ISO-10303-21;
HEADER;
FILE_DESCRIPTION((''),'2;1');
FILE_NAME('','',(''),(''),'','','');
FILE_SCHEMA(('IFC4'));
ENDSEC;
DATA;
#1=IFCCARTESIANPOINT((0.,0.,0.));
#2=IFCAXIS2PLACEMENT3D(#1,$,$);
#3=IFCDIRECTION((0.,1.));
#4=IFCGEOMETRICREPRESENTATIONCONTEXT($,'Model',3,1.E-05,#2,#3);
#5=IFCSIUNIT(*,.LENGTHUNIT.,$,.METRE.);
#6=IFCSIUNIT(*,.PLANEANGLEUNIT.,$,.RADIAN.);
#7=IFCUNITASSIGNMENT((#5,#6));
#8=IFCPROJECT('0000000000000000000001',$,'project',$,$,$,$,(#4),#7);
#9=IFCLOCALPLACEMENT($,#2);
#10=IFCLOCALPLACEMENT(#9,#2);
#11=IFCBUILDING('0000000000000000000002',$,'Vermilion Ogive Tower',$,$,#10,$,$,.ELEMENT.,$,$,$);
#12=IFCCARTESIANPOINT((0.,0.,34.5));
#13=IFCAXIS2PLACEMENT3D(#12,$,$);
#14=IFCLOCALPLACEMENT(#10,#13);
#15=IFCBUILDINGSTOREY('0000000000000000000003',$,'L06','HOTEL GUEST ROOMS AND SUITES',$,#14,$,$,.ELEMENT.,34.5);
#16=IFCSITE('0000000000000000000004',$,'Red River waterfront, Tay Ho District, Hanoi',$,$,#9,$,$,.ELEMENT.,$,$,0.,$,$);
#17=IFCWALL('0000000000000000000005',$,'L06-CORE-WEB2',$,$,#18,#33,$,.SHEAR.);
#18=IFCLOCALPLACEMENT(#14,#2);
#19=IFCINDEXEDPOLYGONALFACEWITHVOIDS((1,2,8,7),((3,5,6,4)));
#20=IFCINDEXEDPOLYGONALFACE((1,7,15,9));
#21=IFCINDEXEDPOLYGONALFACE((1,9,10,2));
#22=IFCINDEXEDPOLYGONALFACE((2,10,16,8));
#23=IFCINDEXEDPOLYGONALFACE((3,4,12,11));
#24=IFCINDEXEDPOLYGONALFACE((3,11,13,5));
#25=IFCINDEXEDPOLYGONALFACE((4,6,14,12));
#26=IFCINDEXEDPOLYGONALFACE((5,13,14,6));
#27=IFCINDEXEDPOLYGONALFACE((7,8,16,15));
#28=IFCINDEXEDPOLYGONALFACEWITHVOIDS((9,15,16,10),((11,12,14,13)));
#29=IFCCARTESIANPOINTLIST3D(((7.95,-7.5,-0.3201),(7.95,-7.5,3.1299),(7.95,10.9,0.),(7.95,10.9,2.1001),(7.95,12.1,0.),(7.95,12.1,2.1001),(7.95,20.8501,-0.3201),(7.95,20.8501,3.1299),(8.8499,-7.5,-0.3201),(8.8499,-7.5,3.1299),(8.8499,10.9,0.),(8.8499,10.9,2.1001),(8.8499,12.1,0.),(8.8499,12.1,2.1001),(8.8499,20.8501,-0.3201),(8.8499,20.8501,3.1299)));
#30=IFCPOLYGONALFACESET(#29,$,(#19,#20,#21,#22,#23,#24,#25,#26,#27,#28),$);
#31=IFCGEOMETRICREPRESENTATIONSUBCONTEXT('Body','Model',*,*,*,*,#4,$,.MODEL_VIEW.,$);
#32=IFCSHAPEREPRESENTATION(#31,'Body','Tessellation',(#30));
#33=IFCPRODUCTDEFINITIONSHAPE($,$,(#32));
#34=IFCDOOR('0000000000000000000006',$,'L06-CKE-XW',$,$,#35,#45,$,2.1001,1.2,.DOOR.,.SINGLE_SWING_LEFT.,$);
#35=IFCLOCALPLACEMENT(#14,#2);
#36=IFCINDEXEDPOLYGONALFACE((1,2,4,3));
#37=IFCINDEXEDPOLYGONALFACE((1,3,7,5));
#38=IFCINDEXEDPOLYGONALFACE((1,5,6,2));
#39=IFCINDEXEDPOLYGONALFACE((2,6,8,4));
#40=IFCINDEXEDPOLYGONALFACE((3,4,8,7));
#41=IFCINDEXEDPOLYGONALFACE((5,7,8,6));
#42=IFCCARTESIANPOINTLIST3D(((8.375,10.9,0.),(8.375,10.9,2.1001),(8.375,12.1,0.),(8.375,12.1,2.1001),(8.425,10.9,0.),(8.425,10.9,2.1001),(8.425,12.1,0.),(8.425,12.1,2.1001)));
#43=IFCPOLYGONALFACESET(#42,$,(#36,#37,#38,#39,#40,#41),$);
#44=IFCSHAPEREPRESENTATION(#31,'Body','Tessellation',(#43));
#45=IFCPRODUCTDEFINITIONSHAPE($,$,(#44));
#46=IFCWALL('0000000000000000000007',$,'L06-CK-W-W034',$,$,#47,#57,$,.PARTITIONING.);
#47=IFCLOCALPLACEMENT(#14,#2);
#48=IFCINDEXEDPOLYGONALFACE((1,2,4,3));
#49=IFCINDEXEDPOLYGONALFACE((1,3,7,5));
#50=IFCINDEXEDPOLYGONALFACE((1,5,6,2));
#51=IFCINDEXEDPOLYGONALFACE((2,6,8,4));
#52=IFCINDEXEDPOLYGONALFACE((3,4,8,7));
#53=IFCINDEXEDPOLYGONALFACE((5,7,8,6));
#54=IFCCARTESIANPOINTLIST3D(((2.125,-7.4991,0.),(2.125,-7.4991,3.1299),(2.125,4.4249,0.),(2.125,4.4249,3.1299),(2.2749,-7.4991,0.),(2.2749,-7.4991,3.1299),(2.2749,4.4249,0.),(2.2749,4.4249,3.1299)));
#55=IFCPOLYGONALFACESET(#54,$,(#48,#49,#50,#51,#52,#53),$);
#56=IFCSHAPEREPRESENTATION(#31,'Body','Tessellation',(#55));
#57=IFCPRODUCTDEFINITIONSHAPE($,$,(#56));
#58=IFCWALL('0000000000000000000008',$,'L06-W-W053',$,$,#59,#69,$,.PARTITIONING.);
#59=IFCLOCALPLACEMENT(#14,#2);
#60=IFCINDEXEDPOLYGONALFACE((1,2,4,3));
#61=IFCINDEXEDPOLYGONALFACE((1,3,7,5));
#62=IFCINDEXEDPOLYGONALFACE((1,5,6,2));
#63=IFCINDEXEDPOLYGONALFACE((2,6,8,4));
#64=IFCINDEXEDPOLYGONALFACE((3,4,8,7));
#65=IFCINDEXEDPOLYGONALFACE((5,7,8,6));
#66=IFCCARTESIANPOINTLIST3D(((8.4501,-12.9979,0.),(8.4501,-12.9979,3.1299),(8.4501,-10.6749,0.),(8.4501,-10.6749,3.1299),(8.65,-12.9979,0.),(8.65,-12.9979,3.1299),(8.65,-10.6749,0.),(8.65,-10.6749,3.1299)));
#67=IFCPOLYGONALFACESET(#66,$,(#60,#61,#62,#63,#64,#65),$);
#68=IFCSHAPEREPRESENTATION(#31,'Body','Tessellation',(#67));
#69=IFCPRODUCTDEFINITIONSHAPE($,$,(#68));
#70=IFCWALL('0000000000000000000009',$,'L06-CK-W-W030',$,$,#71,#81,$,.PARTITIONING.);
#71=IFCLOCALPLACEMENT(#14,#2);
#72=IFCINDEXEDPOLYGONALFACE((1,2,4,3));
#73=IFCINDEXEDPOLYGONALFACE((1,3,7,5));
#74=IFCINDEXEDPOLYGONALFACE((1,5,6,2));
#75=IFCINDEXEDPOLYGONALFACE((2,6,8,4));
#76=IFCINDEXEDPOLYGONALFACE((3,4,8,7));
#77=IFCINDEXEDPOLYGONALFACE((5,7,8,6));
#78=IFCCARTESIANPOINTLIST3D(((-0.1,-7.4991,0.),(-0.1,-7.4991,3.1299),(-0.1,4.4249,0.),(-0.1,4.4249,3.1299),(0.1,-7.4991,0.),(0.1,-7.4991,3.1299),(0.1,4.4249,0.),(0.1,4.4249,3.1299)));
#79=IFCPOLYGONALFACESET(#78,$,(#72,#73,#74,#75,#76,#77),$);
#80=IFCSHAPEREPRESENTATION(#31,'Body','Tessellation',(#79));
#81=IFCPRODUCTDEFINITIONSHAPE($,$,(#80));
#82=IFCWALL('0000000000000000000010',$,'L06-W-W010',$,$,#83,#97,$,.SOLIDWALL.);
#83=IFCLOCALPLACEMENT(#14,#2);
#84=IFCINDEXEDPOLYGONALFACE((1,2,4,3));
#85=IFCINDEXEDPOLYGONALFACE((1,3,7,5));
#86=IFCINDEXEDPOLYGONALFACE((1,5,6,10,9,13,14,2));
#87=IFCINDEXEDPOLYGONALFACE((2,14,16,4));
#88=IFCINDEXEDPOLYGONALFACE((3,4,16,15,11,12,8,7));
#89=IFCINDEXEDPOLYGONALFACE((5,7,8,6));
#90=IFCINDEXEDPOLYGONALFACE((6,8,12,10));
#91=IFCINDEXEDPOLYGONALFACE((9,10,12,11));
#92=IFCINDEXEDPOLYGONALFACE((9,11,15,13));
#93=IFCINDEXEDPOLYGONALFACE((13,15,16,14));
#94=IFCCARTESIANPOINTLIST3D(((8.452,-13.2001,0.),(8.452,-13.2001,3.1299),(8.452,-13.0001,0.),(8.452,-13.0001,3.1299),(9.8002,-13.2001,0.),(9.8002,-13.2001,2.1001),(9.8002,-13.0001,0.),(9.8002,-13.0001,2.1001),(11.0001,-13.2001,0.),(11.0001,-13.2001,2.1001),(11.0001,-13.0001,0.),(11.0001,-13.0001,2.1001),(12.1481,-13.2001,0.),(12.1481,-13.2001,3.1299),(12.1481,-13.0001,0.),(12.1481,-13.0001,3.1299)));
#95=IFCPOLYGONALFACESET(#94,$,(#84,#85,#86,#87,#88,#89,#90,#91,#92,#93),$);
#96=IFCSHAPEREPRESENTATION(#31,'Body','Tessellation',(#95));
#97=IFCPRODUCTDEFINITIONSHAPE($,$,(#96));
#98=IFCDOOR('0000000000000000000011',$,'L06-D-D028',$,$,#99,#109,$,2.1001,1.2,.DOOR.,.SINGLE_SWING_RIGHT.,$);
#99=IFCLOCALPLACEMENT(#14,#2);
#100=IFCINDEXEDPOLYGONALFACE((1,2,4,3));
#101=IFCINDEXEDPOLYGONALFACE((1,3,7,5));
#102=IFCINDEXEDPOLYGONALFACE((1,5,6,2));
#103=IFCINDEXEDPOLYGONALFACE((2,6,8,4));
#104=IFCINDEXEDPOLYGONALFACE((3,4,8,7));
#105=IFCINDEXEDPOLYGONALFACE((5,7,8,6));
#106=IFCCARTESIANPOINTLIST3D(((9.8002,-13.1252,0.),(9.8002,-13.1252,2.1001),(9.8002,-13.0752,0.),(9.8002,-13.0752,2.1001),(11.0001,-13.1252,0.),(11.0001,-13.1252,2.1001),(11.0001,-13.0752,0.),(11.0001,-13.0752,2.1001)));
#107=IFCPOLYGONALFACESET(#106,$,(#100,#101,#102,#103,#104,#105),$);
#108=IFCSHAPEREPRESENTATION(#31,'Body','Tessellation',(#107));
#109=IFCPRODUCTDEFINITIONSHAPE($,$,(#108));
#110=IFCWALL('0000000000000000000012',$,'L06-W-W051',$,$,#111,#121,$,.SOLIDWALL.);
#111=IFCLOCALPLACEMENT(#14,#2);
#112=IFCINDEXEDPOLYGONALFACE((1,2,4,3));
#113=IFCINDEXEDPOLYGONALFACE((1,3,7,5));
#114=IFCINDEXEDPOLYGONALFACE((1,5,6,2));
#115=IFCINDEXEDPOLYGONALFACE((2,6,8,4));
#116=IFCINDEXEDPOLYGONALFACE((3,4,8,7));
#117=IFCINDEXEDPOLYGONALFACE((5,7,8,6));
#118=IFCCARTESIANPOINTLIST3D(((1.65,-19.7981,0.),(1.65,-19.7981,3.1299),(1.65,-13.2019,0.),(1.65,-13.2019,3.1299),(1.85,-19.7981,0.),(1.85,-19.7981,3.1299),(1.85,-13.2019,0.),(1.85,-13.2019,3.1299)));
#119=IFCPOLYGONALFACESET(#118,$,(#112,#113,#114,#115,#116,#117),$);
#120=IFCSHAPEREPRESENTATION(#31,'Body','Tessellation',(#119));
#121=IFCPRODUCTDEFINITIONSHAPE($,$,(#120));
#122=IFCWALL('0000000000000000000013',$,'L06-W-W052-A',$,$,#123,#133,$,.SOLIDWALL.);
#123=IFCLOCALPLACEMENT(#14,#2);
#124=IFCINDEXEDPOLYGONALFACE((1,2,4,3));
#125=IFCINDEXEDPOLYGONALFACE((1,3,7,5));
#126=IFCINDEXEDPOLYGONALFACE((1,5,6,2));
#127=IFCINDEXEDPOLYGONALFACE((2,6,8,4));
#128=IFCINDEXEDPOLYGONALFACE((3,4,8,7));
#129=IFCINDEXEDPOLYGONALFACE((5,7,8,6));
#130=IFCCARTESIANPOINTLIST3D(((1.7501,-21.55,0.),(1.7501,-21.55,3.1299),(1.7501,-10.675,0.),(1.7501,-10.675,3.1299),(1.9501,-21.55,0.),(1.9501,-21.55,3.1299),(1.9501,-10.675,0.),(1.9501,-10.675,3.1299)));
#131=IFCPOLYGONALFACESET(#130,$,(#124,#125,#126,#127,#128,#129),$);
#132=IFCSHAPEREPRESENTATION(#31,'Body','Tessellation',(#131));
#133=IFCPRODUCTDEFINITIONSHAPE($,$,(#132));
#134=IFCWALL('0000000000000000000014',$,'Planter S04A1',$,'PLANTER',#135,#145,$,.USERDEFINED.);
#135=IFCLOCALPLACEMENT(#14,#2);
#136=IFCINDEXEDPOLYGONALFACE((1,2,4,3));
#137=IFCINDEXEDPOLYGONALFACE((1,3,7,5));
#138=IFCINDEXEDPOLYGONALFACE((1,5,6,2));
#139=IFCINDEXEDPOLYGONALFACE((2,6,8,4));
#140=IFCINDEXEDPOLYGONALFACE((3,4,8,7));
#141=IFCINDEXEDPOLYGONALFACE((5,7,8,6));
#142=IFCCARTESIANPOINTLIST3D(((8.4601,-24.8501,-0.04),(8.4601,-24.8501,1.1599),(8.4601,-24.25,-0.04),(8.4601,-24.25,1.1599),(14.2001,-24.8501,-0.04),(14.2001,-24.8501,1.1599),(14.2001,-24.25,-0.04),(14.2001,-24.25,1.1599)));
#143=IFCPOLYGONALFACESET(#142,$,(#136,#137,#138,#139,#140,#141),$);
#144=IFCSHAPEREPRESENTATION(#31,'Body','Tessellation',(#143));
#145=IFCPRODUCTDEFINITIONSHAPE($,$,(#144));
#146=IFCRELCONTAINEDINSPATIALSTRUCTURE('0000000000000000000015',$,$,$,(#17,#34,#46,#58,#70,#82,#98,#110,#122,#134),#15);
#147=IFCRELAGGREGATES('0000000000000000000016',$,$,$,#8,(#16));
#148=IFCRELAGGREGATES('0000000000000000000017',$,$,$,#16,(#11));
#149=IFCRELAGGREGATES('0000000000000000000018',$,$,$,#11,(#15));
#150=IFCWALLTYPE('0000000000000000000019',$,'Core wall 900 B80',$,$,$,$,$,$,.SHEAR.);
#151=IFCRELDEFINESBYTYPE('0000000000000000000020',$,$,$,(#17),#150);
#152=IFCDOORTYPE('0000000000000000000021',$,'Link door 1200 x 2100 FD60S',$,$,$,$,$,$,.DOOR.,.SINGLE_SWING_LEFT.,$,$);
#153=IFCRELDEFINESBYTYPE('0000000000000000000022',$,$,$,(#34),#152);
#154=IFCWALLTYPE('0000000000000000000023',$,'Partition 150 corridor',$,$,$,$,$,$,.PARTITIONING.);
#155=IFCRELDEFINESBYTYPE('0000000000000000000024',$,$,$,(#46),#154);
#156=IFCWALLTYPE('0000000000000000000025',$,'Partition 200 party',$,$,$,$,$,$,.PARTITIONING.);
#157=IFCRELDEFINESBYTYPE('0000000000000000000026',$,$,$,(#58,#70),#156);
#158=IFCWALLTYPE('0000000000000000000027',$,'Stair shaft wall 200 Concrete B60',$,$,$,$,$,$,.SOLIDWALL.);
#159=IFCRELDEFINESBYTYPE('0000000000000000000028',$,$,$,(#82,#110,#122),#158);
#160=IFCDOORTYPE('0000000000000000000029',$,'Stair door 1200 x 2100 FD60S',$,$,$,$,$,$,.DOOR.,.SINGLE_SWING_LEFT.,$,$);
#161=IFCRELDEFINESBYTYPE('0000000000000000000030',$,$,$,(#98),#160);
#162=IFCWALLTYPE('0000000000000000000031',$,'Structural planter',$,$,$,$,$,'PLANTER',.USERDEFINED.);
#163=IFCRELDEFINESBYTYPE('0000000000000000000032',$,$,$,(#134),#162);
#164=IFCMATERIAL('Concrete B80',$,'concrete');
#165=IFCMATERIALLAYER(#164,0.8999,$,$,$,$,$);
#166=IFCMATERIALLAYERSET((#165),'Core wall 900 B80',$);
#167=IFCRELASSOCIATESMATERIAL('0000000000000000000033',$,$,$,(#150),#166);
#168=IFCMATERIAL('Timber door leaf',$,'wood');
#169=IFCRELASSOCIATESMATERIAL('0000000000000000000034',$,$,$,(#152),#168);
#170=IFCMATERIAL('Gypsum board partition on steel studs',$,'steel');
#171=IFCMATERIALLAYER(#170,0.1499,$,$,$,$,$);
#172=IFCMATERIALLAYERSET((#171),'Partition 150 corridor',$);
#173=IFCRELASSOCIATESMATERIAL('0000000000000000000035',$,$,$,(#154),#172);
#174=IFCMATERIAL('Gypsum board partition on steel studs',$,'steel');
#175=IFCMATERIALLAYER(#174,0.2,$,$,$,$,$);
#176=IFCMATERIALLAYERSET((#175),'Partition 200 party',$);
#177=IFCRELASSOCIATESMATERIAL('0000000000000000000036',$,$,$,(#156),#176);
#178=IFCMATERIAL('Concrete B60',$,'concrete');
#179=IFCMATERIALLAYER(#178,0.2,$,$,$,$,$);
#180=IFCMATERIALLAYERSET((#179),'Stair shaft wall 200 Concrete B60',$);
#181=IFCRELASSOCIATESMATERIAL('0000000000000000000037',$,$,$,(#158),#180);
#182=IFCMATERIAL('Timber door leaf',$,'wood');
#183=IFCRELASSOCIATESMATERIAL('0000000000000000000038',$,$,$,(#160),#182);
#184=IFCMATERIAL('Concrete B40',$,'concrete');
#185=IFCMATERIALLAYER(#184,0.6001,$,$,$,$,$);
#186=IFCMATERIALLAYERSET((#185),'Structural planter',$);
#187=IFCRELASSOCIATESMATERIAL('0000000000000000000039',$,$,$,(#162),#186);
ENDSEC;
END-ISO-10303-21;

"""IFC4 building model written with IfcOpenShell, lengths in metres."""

from ifc_helpers import new_model, si_unit, direction, frame, frame_2d, origin, place, context, subcontext, project, spatial, rectangle, extrude, material, layer, layer_set, type_object, element, fill, save


model = new_model("IFC4")

# Units and contexts
model_context = context("Model", 3, precision=1e-05, world=origin(), true_north=direction((0.0, 1.0)))
body_context = subcontext(model_context, "Body", "Model", "MODEL_VIEW")
ifc_project = project(units=[si_unit("LENGTHUNIT", "METRE"), si_unit("PLANEANGLEUNIT", "RADIAN")], contexts=[model_context])

# Site, building, storey
site_placement = place(None, origin())
site = spatial("IfcSite", under=ifc_project, at=site_placement, Name="Red River waterfront, Tay Ho District, Hanoi", CompositionType="ELEMENT", RefElevation=0.0)
building_placement = place(site_placement, origin())
building = spatial("IfcBuilding", under=site, at=building_placement, Name="Vermilion Ogive Tower", CompositionType="ELEMENT")
storey_placement = place(building_placement, frame((0.0, 0.0, 34.5)))
storey = spatial("IfcBuildingStorey", under=building, at=storey_placement, Name="L06", Description="HOTEL GUEST ROOMS AND SUITES", CompositionType="ELEMENT", Elevation=34.5)

# Wall, opening, door
ifc_material_1 = material(Name="Concrete B80", Category="concrete")
ifc_layer_1 = layer(ifc_material_1, 0.8999)
ifc_layer_set_1 = layer_set([ifc_layer_1], Name="Core wall 900 B80")
wall_type_1 = type_object("IfcWallType", Name="Core wall 900 B80", PredefinedType="SHEAR", material=ifc_layer_set_1)
wall_1_placement = place(storey_placement, frame((8.3999, -7.5, -0.3201), z_axis=(0.0, 0.0, 1.0), x_axis=(0.0, 1.0, 0.0)))
wall_1 = element("IfcWall", 1, at=wall_1_placement, inside=storey, type_object=wall_type_1, Name="L06-CORE-WEB2", PredefinedType="SHEAR", context=body_context, shape_type="SweptSolid", body=[
    extrude(rectangle(XDim=28.3501, YDim=0.8999, at=frame_2d((14.175, 0.0))), origin(), (0.0, 0.0, 1.0), 3.45),
])
opening_1_placement = place(wall_1_placement, frame((18.3999, 0.0, 0.3201)))
opening_1 = element("IfcOpeningElement", 2, at=opening_1_placement, cuts=wall_1, PredefinedType="OPENING", context=body_context, shape_type="SweptSolid", body=[
    extrude(rectangle(XDim=1.2, YDim=2.1001, at=frame_2d((0.6001, 1.05))), frame((0.0, 0.46, 0.0), z_axis=(0.0, -1.0, 0.0), x_axis=(1.0, 0.0, 0.0)), (0.0, 0.0, 1.0), 0.9199),
])
ifc_material_2 = material(Name="Timber door leaf", Category="wood")
door_type_1 = type_object("IfcDoorType", Name="Link door 1200 x 2100 FD60S", OperationType="SINGLE_SWING_LEFT", PredefinedType="DOOR", material=ifc_material_2)
door_1_placement = place(opening_1_placement, origin())
door_1 = element("IfcDoor", 3, at=door_1_placement, inside=storey, type_object=door_type_1, Name="L06-CKE-XW", OperationType="SINGLE_SWING_LEFT", OverallHeight=2.1001, OverallWidth=1.2, PredefinedType="DOOR", context=body_context, shape_type="SweptSolid", body=[
    extrude(rectangle(XDim=1.2, YDim=2.1001, at=frame_2d((0.6001, 1.05))), frame((0.0, 0.0249, 0.0), z_axis=(0.0, -1.0, 0.0), x_axis=(1.0, 0.0, 0.0)), (0.0, 0.0, 1.0), 0.05),
])
fill(opening_1, door_1)

# Walls
ifc_material_3 = material(Name="Gypsum board partition on steel studs", Category="steel")
ifc_layer_2 = layer(ifc_material_3, 0.1499)
ifc_layer_set_2 = layer_set([ifc_layer_2], Name="Partition 150 corridor")
wall_type_2 = type_object("IfcWallType", Name="Partition 150 corridor", PredefinedType="PARTITIONING", material=ifc_layer_set_2)
wall_2_placement = place(storey_placement, frame((2.2, -7.499, 0.0), z_axis=(0.0, 0.0, 1.0), x_axis=(0.0, 1.0, 0.0)))
element("IfcWall", 4, at=wall_2_placement, inside=storey, type_object=wall_type_2, Name="L06-CK-W-W034", PredefinedType="PARTITIONING", context=body_context, shape_type="SweptSolid", body=[
    extrude(rectangle(XDim=11.9241, YDim=0.1499, at=frame_2d((5.9619, 0.0))), origin(), (0.0, 0.0, 1.0), 3.1299),
])
ifc_material_4 = material(Name="Gypsum board partition on steel studs", Category="steel")
ifc_layer_3 = layer(ifc_material_4, 0.2)
ifc_layer_set_3 = layer_set([ifc_layer_3], Name="Partition 200 party")
wall_type_3 = type_object("IfcWallType", Name="Partition 200 party", PredefinedType="PARTITIONING", material=ifc_layer_set_3)
wall_3_placement = place(storey_placement, frame((8.55, -12.998, 0.0), z_axis=(0.0, 0.0, 1.0), x_axis=(0.0, 1.0, 0.0)))
element("IfcWall", 5, at=wall_3_placement, inside=storey, type_object=wall_type_3, Name="L06-W-W053", PredefinedType="PARTITIONING", context=body_context, shape_type="SweptSolid", body=[
    extrude(rectangle(XDim=2.323, YDim=0.2, at=frame_2d((1.1616, 0.0))), origin(), (0.0, 0.0, 1.0), 3.1299),
])
wall_4_placement = place(storey_placement, frame((0.0, -7.499, 0.0), z_axis=(0.0, 0.0, 1.0), x_axis=(0.0, 1.0, 0.0)))
element("IfcWall", 6, at=wall_4_placement, inside=storey, type_object=wall_type_3, Name="L06-CK-W-W030", PredefinedType="PARTITIONING", context=body_context, shape_type="SweptSolid", body=[
    extrude(rectangle(XDim=11.9241, YDim=0.2, at=frame_2d((5.9619, 0.0))), origin(), (0.0, 0.0, 1.0), 3.1299),
])

# Wall, opening, door
ifc_material_5 = material(Name="Concrete B60", Category="concrete")
ifc_layer_4 = layer(ifc_material_5, 0.2)
ifc_layer_set_4 = layer_set([ifc_layer_4], Name="Stair shaft wall 200 Concrete B60")
wall_type_4 = type_object("IfcWallType", Name="Stair shaft wall 200 Concrete B60", PredefinedType="SOLIDWALL", material=ifc_layer_set_4)
wall_5_placement = place(storey_placement, frame((8.4519, -13.1001, 0.0), z_axis=(0.0, 0.0, 1.0), x_axis=(1.0, 0.0, 0.0)))
wall_5 = element("IfcWall", 7, at=wall_5_placement, inside=storey, type_object=wall_type_4, Name="L06-W-W010", PredefinedType="SOLIDWALL", context=body_context, shape_type="SweptSolid", body=[
    extrude(rectangle(XDim=3.696, YDim=0.2, at=frame_2d((1.8481, 0.0))), origin(), (0.0, 0.0, 1.0), 3.1299),
])
opening_2_placement = place(wall_5_placement, frame((1.3481, 0.0, 0.0)))
opening_2 = element("IfcOpeningElement", 8, at=opening_2_placement, cuts=wall_5, PredefinedType="OPENING", context=body_context, shape_type="SweptSolid", body=[
    extrude(rectangle(XDim=1.2, YDim=2.1001, at=frame_2d((0.6001, 1.05))), frame((0.0, 0.1099, 0.0), z_axis=(0.0, -1.0, 0.0), x_axis=(1.0, 0.0, 0.0)), (0.0, 0.0, 1.0), 0.22),
])
ifc_material_6 = material(Name="Timber door leaf", Category="wood")
door_type_2 = type_object("IfcDoorType", Name="Stair door 1200 x 2100 FD60S", OperationType="SINGLE_SWING_LEFT", PredefinedType="DOOR", material=ifc_material_6)
door_2_placement = place(opening_2_placement, origin())
door_2 = element("IfcDoor", 9, at=door_2_placement, inside=storey, type_object=door_type_2, Name="L06-D-D028", OperationType="SINGLE_SWING_RIGHT", OverallHeight=2.1001, OverallWidth=1.2, PredefinedType="DOOR", context=body_context, shape_type="SweptSolid", body=[
    extrude(rectangle(XDim=1.2, YDim=2.1001, at=frame_2d((0.6001, 1.05))), frame((0.0, 0.0249, 0.0), z_axis=(0.0, -1.0, 0.0), x_axis=(1.0, 0.0, 0.0)), (0.0, 0.0, 1.0), 0.05),
])
fill(opening_2, door_2)

# Walls
wall_6_placement = place(storey_placement, frame((1.75, -19.7981, 0.0), z_axis=(0.0, 0.0, 1.0), x_axis=(0.0, 1.0, 0.0)))
element("IfcWall", 10, at=wall_6_placement, inside=storey, type_object=wall_type_4, Name="L06-W-W051", PredefinedType="SOLIDWALL", context=body_context, shape_type="SweptSolid", body=[
    extrude(rectangle(XDim=6.5962, YDim=0.2, at=frame_2d((3.2981, 0.0))), origin(), (0.0, 0.0, 1.0), 3.1299),
])
wall_7_placement = place(storey_placement, frame((1.8501, -21.55, 0.0), z_axis=(0.0, 0.0, 1.0), x_axis=(0.0, 1.0, 0.0)))
element("IfcWall", 11, at=wall_7_placement, inside=storey, type_object=wall_type_4, Name="L06-W-W052-A", PredefinedType="SOLIDWALL", context=body_context, shape_type="SweptSolid", body=[
    extrude(rectangle(XDim=10.875, YDim=0.2, at=frame_2d((5.4375, 0.0))), origin(), (0.0, 0.0, 1.0), 3.1299),
])
ifc_material_7 = material(Name="Concrete B40", Category="concrete")
ifc_layer_5 = layer(ifc_material_7, 0.6001)
ifc_layer_set_5 = layer_set([ifc_layer_5], Name="Structural planter")
wall_type_5 = type_object("IfcWallType", Name="Structural planter", ElementType="PLANTER", PredefinedType="USERDEFINED", material=ifc_layer_set_5)
wall_8_placement = place(storey_placement, frame((8.46, -24.55, -0.04), z_axis=(0.0, 0.0, 1.0), x_axis=(1.0, 0.0, 0.0)))
element("IfcWall", 12, at=wall_8_placement, inside=storey, type_object=wall_type_5, Name="Planter S04A1", ObjectType="PLANTER", PredefinedType="USERDEFINED", context=body_context, shape_type="SweptSolid", body=[
    extrude(rectangle(XDim=5.74, YDim=0.6001, at=frame_2d((2.8701, 0.0))), origin(), (0.0, 0.0, 1.0), 1.2),
])

save(model, "model.ifc")
